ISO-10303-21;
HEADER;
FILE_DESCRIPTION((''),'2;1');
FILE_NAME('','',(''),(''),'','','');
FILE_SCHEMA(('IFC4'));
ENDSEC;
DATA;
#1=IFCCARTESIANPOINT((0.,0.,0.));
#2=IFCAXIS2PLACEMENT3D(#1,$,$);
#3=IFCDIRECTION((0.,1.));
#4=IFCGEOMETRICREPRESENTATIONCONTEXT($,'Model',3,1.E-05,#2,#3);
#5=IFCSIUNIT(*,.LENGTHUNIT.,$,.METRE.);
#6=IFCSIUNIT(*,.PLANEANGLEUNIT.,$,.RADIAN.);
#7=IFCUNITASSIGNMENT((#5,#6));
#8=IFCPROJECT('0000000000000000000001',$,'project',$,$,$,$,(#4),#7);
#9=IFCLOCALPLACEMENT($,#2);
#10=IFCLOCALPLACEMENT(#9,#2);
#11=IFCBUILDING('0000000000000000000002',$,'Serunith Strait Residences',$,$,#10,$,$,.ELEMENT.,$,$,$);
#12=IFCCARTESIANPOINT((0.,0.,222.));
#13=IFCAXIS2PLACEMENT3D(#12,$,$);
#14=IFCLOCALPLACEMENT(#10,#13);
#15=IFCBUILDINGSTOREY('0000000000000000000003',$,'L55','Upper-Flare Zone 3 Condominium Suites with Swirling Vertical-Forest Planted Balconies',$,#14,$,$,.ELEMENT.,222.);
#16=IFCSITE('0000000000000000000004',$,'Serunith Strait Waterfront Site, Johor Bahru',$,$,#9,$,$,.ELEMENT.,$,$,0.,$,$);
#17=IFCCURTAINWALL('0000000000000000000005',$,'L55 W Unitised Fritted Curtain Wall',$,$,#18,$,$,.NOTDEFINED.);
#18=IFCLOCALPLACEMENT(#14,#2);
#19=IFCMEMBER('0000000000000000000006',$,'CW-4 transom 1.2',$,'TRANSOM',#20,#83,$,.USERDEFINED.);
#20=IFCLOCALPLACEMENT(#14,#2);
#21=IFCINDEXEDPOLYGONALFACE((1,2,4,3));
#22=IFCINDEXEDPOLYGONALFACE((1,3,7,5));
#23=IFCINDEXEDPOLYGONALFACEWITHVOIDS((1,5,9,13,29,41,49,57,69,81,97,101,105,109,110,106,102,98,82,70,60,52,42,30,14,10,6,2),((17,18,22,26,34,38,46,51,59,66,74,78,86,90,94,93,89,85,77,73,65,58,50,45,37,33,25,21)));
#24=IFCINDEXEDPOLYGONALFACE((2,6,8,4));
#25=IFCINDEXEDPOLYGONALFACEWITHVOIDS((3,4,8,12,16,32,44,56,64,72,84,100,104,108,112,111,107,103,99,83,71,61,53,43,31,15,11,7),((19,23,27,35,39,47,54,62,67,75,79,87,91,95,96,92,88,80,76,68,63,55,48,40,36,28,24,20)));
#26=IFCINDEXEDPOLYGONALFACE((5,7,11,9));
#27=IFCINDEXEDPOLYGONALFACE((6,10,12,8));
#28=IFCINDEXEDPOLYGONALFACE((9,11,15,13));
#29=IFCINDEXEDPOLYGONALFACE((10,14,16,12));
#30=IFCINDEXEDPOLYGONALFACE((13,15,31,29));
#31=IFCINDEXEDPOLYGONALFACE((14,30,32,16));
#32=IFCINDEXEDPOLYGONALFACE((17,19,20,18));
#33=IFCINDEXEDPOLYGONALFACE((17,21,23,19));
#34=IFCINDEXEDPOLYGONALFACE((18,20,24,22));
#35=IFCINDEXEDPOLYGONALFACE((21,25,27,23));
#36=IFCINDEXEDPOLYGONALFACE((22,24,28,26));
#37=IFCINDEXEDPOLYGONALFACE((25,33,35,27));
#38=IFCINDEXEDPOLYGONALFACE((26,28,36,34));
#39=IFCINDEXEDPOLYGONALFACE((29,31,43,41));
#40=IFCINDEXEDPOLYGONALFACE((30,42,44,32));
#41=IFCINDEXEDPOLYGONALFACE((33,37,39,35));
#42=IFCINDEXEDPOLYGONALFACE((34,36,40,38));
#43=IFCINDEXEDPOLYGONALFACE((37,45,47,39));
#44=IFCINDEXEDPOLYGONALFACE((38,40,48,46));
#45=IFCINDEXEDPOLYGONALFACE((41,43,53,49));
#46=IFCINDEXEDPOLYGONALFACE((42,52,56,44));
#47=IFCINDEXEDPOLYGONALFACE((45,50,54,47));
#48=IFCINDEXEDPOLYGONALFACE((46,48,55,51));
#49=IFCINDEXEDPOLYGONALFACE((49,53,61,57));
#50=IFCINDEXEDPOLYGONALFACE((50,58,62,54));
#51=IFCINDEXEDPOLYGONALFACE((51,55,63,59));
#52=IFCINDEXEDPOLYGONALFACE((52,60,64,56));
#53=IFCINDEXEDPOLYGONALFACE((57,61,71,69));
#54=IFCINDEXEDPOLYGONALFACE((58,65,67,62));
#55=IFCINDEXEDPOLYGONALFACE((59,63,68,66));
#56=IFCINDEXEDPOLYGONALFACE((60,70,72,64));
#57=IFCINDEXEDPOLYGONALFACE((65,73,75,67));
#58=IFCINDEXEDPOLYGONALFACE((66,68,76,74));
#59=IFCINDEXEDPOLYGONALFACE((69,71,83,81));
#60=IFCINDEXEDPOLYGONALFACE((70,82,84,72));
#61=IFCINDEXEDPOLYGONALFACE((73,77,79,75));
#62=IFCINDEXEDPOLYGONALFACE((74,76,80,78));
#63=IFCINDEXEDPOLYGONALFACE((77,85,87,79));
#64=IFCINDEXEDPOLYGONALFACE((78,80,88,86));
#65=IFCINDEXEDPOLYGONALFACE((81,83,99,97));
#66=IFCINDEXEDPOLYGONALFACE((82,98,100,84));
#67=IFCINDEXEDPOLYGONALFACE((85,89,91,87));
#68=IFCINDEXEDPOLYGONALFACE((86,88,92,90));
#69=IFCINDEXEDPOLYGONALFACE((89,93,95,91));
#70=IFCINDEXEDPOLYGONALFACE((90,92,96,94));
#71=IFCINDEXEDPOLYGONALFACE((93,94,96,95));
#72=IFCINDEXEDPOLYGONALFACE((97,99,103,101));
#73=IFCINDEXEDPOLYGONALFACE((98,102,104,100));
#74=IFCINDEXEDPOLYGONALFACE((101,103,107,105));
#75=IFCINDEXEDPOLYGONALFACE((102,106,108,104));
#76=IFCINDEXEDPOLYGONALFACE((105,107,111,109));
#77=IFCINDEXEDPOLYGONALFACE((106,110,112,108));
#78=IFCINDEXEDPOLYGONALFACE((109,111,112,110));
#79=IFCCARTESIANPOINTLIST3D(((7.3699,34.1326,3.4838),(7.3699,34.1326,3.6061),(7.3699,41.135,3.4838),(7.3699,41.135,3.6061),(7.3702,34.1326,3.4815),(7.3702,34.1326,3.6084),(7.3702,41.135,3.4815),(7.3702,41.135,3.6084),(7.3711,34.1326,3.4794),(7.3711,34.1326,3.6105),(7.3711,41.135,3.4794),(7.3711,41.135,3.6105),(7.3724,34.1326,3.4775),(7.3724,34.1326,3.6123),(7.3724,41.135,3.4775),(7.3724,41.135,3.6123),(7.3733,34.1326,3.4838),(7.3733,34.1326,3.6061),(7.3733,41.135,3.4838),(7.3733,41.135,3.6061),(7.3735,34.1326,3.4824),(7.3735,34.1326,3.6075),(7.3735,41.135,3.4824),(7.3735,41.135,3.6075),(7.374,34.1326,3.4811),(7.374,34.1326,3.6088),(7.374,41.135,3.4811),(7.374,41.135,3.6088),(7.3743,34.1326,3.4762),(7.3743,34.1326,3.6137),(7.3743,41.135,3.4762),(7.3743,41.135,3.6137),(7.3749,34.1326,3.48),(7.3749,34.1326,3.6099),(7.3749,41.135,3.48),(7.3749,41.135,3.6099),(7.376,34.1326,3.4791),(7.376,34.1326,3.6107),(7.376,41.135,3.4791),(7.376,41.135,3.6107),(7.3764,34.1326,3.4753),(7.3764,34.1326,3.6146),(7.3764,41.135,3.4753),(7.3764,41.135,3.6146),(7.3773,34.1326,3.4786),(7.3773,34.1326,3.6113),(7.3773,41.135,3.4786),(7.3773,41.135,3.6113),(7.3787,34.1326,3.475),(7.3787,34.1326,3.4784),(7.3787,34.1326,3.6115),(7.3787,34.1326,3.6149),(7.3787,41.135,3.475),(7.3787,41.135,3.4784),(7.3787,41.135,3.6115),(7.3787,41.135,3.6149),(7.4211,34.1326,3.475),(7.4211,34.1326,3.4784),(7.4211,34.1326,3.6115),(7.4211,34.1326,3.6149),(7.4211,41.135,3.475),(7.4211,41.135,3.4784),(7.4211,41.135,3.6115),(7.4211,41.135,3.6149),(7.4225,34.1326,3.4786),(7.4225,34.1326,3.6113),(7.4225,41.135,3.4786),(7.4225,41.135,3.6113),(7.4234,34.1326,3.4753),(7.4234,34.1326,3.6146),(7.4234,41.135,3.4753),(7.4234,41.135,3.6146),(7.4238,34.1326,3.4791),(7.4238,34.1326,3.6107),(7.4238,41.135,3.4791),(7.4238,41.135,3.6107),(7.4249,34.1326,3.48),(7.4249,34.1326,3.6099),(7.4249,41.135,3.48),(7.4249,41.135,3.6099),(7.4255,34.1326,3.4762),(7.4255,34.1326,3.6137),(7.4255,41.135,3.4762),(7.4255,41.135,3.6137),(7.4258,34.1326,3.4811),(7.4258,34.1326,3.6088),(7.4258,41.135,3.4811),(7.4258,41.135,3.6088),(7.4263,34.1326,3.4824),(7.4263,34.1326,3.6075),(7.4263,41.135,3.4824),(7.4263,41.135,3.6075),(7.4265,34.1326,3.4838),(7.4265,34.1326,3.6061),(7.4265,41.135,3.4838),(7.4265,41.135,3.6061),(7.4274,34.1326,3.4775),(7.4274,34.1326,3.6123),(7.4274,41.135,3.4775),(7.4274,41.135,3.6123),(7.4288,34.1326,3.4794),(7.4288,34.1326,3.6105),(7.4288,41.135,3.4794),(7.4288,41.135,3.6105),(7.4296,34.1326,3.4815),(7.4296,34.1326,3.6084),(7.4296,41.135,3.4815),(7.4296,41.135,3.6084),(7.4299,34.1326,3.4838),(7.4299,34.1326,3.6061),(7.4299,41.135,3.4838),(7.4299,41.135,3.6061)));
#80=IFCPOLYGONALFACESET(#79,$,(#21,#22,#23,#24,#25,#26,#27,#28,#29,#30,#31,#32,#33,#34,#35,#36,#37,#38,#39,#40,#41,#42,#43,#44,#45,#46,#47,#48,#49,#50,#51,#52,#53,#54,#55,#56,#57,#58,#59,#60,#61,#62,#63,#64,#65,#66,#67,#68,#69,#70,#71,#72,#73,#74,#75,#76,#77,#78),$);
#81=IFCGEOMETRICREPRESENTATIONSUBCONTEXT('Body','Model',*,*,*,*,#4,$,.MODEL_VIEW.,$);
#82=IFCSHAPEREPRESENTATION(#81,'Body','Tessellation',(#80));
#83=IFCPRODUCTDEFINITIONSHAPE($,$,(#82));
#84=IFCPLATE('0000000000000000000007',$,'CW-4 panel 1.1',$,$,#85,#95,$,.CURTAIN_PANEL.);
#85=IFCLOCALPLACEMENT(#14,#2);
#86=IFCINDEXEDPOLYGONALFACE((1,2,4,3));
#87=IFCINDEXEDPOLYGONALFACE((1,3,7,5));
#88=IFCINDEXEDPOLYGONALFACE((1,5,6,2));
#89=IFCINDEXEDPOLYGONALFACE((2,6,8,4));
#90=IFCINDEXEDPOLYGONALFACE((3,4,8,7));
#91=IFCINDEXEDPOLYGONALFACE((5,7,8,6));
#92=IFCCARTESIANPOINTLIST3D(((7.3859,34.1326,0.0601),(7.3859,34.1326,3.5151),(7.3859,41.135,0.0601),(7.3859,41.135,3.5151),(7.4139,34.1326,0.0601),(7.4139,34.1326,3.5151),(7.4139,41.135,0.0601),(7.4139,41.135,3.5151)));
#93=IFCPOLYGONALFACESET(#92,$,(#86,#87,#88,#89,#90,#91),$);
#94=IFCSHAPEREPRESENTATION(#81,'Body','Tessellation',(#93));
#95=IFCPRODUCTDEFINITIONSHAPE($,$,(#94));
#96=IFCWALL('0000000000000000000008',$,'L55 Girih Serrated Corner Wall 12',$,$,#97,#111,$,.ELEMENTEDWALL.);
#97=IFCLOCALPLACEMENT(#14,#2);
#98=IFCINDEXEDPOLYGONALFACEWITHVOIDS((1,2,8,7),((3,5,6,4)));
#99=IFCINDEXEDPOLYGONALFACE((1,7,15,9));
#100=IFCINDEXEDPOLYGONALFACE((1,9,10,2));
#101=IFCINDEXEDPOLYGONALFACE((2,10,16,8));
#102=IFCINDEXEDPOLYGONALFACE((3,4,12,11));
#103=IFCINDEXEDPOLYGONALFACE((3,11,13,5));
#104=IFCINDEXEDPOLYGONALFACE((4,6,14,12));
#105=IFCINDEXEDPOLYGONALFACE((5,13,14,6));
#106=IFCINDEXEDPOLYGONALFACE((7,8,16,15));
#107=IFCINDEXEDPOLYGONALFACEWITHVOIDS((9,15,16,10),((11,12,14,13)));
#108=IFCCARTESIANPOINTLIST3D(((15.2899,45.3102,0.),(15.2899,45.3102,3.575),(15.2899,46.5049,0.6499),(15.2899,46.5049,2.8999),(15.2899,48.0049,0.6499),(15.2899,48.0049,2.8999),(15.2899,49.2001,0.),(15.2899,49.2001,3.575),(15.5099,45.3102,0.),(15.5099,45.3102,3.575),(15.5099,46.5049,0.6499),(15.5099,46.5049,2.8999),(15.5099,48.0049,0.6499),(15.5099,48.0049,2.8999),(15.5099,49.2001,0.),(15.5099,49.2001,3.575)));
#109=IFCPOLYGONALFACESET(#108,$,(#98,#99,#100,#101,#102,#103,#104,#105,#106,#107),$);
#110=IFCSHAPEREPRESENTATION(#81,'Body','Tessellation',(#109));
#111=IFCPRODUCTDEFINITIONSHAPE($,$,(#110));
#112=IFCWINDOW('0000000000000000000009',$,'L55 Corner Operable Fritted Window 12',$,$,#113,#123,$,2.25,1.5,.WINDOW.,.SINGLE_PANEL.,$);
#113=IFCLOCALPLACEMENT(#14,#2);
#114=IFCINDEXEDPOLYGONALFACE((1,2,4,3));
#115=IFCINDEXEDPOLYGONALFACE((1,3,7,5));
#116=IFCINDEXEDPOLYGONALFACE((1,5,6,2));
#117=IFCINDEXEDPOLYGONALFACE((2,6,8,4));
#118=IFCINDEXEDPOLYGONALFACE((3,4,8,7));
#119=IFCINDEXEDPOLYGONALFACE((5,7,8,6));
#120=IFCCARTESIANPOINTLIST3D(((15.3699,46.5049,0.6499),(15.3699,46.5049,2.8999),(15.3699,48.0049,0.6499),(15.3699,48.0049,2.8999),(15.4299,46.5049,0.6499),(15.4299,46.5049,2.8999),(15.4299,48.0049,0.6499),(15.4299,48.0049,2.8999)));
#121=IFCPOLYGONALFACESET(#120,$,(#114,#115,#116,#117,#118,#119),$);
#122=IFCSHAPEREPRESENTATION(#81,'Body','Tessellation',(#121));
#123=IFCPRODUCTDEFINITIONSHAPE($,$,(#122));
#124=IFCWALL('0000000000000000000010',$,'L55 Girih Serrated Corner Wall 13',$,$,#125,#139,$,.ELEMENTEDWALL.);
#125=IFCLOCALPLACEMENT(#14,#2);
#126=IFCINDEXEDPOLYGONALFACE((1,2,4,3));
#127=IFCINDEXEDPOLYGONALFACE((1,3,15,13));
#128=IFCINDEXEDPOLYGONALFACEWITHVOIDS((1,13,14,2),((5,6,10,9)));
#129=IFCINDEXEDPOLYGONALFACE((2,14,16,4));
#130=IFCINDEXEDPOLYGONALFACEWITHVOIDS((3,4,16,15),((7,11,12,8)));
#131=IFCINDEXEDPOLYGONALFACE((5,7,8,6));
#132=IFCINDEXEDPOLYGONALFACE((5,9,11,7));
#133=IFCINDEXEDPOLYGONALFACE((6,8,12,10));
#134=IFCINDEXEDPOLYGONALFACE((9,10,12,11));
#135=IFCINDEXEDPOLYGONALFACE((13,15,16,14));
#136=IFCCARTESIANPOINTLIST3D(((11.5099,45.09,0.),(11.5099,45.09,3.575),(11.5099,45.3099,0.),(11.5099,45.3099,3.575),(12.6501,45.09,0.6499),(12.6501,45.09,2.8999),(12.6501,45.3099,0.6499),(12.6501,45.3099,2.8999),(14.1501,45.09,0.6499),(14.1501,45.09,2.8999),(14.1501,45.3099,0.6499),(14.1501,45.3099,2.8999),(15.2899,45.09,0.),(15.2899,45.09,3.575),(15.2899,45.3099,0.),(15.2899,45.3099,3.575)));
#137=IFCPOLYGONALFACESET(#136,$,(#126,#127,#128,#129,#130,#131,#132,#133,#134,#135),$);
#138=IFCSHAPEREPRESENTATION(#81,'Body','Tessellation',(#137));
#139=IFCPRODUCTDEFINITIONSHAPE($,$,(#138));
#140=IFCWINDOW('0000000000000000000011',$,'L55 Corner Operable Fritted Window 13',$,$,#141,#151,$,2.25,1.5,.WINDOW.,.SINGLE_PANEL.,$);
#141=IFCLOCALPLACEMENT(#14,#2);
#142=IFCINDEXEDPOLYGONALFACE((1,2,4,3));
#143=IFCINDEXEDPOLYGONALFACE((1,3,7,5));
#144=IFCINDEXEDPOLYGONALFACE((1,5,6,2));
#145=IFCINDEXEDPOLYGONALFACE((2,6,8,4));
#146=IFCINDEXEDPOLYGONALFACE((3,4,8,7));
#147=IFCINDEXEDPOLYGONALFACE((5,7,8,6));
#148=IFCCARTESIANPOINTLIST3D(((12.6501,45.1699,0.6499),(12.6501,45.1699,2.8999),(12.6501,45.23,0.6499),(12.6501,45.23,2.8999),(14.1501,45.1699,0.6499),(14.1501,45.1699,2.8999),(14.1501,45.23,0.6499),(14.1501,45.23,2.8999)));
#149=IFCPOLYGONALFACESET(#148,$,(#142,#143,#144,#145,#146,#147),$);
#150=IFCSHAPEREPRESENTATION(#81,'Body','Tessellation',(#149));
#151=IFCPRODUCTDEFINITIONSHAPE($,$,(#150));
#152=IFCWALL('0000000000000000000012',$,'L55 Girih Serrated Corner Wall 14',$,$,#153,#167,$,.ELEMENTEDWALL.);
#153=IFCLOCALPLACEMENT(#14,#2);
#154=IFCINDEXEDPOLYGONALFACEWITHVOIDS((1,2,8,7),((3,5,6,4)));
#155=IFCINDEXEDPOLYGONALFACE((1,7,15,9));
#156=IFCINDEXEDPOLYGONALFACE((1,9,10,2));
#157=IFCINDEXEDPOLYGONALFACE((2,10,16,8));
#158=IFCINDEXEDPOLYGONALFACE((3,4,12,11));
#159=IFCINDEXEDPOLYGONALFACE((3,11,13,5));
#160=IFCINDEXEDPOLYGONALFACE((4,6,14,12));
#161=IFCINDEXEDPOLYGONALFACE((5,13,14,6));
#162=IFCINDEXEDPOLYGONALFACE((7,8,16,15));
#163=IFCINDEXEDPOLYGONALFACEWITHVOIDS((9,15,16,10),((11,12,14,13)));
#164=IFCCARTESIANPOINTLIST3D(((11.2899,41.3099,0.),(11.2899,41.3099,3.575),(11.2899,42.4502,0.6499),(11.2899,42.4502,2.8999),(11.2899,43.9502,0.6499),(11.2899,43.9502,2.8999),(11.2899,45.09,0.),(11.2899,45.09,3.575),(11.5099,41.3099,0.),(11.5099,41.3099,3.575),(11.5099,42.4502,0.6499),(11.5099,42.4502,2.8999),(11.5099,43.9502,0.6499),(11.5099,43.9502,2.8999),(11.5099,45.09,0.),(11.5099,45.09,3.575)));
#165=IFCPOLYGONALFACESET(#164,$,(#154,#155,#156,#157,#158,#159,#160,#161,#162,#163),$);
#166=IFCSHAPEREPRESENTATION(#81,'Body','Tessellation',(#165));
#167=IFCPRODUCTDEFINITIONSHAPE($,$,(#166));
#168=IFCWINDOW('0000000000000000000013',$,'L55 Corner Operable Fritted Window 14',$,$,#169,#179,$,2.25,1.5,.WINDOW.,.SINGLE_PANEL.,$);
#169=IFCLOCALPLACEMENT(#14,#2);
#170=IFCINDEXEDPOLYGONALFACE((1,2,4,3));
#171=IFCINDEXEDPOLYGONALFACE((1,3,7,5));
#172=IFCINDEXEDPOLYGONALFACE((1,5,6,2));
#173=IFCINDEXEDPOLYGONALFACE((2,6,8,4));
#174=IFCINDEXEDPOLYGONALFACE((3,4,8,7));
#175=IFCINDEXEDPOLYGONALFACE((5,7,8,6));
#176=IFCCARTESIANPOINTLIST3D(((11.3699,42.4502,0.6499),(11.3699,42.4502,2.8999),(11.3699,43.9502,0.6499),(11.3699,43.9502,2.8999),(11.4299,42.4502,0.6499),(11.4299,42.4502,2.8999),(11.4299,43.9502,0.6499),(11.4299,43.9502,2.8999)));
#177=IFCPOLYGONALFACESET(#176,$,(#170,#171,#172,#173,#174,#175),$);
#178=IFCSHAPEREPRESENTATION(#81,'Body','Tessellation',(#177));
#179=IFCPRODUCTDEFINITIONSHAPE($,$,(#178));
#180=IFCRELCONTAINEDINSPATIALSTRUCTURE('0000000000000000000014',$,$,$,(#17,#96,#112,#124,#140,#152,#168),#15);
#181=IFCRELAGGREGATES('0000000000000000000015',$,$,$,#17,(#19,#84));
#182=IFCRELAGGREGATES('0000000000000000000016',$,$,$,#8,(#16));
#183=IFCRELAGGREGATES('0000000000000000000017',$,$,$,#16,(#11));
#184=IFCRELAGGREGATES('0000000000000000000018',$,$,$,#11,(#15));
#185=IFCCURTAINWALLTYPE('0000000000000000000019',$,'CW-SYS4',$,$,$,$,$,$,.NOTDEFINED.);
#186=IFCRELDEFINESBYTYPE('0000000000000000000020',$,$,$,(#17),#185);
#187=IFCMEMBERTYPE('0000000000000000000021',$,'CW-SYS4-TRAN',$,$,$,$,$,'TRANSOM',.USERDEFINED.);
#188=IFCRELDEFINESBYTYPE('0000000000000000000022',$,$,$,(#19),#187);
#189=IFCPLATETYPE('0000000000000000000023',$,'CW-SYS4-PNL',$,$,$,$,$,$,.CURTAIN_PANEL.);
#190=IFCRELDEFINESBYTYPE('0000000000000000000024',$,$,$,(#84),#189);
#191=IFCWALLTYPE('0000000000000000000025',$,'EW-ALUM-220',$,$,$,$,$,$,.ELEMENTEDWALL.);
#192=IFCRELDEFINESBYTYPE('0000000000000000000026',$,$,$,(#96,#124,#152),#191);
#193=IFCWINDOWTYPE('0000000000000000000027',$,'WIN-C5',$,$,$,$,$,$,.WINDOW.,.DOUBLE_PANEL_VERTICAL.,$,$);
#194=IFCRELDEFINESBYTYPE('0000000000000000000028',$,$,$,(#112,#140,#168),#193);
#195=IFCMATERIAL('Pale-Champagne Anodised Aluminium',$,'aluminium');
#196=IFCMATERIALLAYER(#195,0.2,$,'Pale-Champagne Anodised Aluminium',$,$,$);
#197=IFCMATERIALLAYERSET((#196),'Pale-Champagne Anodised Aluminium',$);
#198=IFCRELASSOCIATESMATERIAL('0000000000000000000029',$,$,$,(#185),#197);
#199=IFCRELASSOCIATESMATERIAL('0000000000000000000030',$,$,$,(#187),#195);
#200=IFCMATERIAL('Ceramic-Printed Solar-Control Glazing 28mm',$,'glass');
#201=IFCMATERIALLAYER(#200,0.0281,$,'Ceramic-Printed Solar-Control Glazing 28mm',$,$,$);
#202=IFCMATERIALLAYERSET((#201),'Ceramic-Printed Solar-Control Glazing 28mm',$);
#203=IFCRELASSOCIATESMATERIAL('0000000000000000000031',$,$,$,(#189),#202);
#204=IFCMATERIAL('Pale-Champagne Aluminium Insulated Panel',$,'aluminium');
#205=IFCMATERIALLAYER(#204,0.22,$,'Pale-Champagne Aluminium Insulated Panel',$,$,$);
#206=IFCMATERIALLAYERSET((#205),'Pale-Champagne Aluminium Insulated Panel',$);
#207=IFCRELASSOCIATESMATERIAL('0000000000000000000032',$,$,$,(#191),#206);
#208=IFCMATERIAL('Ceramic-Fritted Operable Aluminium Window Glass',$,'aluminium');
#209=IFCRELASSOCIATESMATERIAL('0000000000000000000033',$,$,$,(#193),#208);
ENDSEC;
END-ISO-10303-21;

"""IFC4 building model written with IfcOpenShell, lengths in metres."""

from ifc_helpers import new_model, si_unit, direction, frame, frame_2d, origin, origin_2d, place, context, subcontext, project, spatial, rectangle, hollow_rectangle, extrude, source, transform, mapped, material, layer, layer_set, material_profile, profile_set, type_object, element, fill, aggregate, save


model = new_model("IFC4")

# Units and contexts
model_context = context("Model", 3, precision=1e-05, world=origin(), true_north=direction((0.0, 1.0)))
body_context = subcontext(model_context, "Body", "Model", "MODEL_VIEW")
ifc_project = project(units=[si_unit("LENGTHUNIT", "METRE"), si_unit("PLANEANGLEUNIT", "RADIAN")], contexts=[model_context])

# Site, building, storey
site_placement = place(None, origin())
site = spatial("IfcSite", under=ifc_project, at=site_placement, Name="Serunith Strait Waterfront Site, Johor Bahru", CompositionType="ELEMENT", RefElevation=0.0)
building_placement = place(site_placement, origin())
building = spatial("IfcBuilding", under=site, at=building_placement, Name="Serunith Strait Residences", CompositionType="ELEMENT")
storey_placement = place(building_placement, frame((0.0, 0.0, 222.0)))
storey = spatial("IfcBuildingStorey", under=building, at=storey_placement, Name="L55", Description="Upper-Flare Zone 3 Condominium Suites with Swirling Vertical-Forest Planted Balconies", CompositionType="ELEMENT", Elevation=222.0)

# Shared definitions
ifc_material_1 = material(Name="Pale-Champagne Anodised Aluminium", Category="aluminium")
ifc_layer_1 = layer(ifc_material_1, 0.2, Name="Pale-Champagne Anodised Aluminium")
ifc_layer_set_1 = layer_set([ifc_layer_1], Name="Pale-Champagne Anodised Aluminium")
curtain_wall_type = type_object("IfcCurtainWallType", Name="CW-SYS4", PredefinedType="NOTDEFINED", material=ifc_layer_set_1)

# Curtain wall, member, plate
curtain_wall_1_placement = place(storey_placement, origin())
curtain_wall_1 = element("IfcCurtainWall", 1, at=curtain_wall_1_placement, inside=storey, type_object=curtain_wall_type, Name="L55 W Unitised Fritted Curtain Wall", PredefinedType="NOTDEFINED")
ifc_material_profile_1 = material_profile(ifc_material_1, hollow_rectangle(XDim=0.0601, YDim=0.1399, WallThickness=0.0034, InnerFilletRadius=0.0054, OuterFilletRadius=0.0088, at=origin_2d()), Name="ALU 140x60x3.5")
ifc_profile_set_1 = profile_set([ifc_material_profile_1], Name="Pale-Champagne Anodised Aluminium")
member_type_1 = type_object("IfcMemberType", Name="CW-SYS4-TRAN", ElementType="TRANSOM", PredefinedType="USERDEFINED", material=ifc_profile_set_1)
shared_shape_1 = source(origin(), body_context, "Body", "SweptSolid", [
    extrude(hollow_rectangle(XDim=0.0601, YDim=0.1399, WallThickness=0.0034, InnerFilletRadius=0.0054, OuterFilletRadius=0.0088, at=origin_2d()), origin(), (0.0, 0.0, 1.0), 7.0024),
])
member_1_placement = place(storey_placement, frame((7.3999, 41.135, 3.5449), z_axis=(0.0, -1.0, 0.0), x_axis=(1.0, 0.0, 0.0)))
member_1 = element("IfcMember", 2, at=member_1_placement, type_object=member_type_1, Name="CW-4 transom 1.2", ObjectType="TRANSOM", PredefinedType="USERDEFINED", context=body_context, shape_type="MappedRepresentation", body=[
    mapped(shared_shape_1, transform((0.0, 0.0, 0.0), scale=1.0)),
])
ifc_material_2 = material(Name="Ceramic-Printed Solar-Control Glazing 28mm", Category="glass")
ifc_layer_2 = layer(ifc_material_2, 0.0281, Name="Ceramic-Printed Solar-Control Glazing 28mm")
ifc_layer_set_2 = layer_set([ifc_layer_2], Name="Ceramic-Printed Solar-Control Glazing 28mm")
plate_type = type_object("IfcPlateType", Name="CW-SYS4-PNL", PredefinedType="CURTAIN_PANEL", material=ifc_layer_set_2)
shared_shape_2 = source(origin(), body_context, "Body", "SweptSolid", [
    extrude(rectangle(XDim=7.0024, YDim=0.0281, at=origin_2d()), origin(), (0.0, 0.0, 1.0), 3.4551),
])
plate_placement = place(storey_placement, frame((7.3999, 37.6338, 0.0601), z_axis=(0.0, 0.0, 1.0), x_axis=(0.0, -1.0, 0.0)))
plate = element("IfcPlate", 3, at=plate_placement, type_object=plate_type, Name="CW-4 panel 1.1", PredefinedType="CURTAIN_PANEL", context=body_context, shape_type="MappedRepresentation", body=[
    mapped(shared_shape_2, transform((0.0, 0.0, 0.0), scale=1.0)),
])
aggregate(curtain_wall_1, [member_1, plate])

# Walls, openings, windows
ifc_material_3 = material(Name="Pale-Champagne Aluminium Insulated Panel", Category="aluminium")
ifc_layer_3 = layer(ifc_material_3, 0.22, Name="Pale-Champagne Aluminium Insulated Panel")
ifc_layer_set_3 = layer_set([ifc_layer_3], Name="Pale-Champagne Aluminium Insulated Panel")
wall_type_1 = type_object("IfcWallType", Name="EW-ALUM-220", PredefinedType="ELEMENTEDWALL", material=ifc_layer_set_3)
wall_1_placement = place(storey_placement, frame((15.3999, 49.2, 0.0), z_axis=(0.0, 0.0, 1.0), x_axis=(0.0, -1.0, 0.0)))
wall_1 = element("IfcWall", 4, at=wall_1_placement, inside=storey, type_object=wall_type_1, Name="L55 Girih Serrated Corner Wall 12", PredefinedType="ELEMENTEDWALL", context=body_context, shape_type="SweptSolid", body=[
    extrude(rectangle(XDim=3.8899, YDim=0.22, at=frame_2d((1.9448, 0.0))), origin(), (0.0, 0.0, 1.0), 3.575),
])
opening_1_placement = place(wall_1_placement, frame((1.1951, 0.0, 0.6499)))
opening_1 = element("IfcOpeningElement", 5, at=opening_1_placement, cuts=wall_1, PredefinedType="OPENING", context=body_context, shape_type="SweptSolid", body=[
    extrude(rectangle(XDim=1.5, YDim=2.25, at=frame_2d((0.75, 1.125))), frame((0.0, 0.1201, 0.0), z_axis=(0.0, -1.0, 0.0), x_axis=(1.0, 0.0, 0.0)), (0.0, 0.0, 1.0), 0.24),
])
ifc_material_4 = material(Name="Ceramic-Fritted Operable Aluminium Window Glass", Category="aluminium")
window_type = type_object("IfcWindowType", Name="WIN-C5", PartitioningType="DOUBLE_PANEL_VERTICAL", PredefinedType="WINDOW", material=ifc_material_4)
shared_shape_3 = source(origin(), body_context, "Body", "SweptSolid", [
    extrude(rectangle(XDim=1.5, YDim=2.25, at=frame_2d((0.75, 1.125))), frame((0.0, 0.03, 0.0), z_axis=(0.0, -1.0, 0.0), x_axis=(1.0, 0.0, 0.0)), (0.0, 0.0, 1.0), 0.0601),
])
window_1_placement = place(opening_1_placement, origin())
window_1 = element("IfcWindow", 6, at=window_1_placement, inside=storey, type_object=window_type, Name="L55 Corner Operable Fritted Window 12", OverallHeight=2.25, OverallWidth=1.5, PartitioningType="SINGLE_PANEL", PredefinedType="WINDOW", context=body_context, shape_type="MappedRepresentation", body=[
    mapped(shared_shape_3, transform((0.0, 0.0, 0.0), scale=1.0)),
])
fill(opening_1, window_1)
wall_2_placement = place(storey_placement, frame((15.29, 45.2, 0.0), z_axis=(0.0, 0.0, 1.0), x_axis=(-1.0, 0.0, 0.0)))
wall_2 = element("IfcWall", 7, at=wall_2_placement, inside=storey, type_object=wall_type_1, Name="L55 Girih Serrated Corner Wall 13", PredefinedType="ELEMENTEDWALL", context=body_context, shape_type="SweptSolid", body=[
    extrude(rectangle(XDim=3.78, YDim=0.22, at=frame_2d((1.8901, 0.0))), origin(), (0.0, 0.0, 1.0), 3.575),
])
opening_2_placement = place(wall_2_placement, frame((1.1399, 0.0, 0.6499)))
opening_2 = element("IfcOpeningElement", 8, at=opening_2_placement, cuts=wall_2, PredefinedType="OPENING", context=body_context, shape_type="SweptSolid", body=[
    extrude(rectangle(XDim=1.5, YDim=2.25, at=frame_2d((0.75, 1.125))), frame((0.0, 0.1201, 0.0), z_axis=(0.0, -1.0, 0.0), x_axis=(1.0, 0.0, 0.0)), (0.0, 0.0, 1.0), 0.24),
])
window_2_placement = place(opening_2_placement, origin())
window_2 = element("IfcWindow", 9, at=window_2_placement, inside=storey, type_object=window_type, Name="L55 Corner Operable Fritted Window 13", OverallHeight=2.25, OverallWidth=1.5, PartitioningType="SINGLE_PANEL", PredefinedType="WINDOW", context=body_context, shape_type="MappedRepresentation", body=[
    mapped(shared_shape_3, transform((0.0, 0.0, 0.0), scale=1.0)),
])
fill(opening_2, window_2)
wall_3_placement = place(storey_placement, frame((11.3999, 45.0901, 0.0), z_axis=(0.0, 0.0, 1.0), x_axis=(0.0, -1.0, 0.0)))
wall_3 = element("IfcWall", 10, at=wall_3_placement, inside=storey, type_object=wall_type_1, Name="L55 Girih Serrated Corner Wall 14", PredefinedType="ELEMENTEDWALL", context=body_context, shape_type="SweptSolid", body=[
    extrude(rectangle(XDim=3.78, YDim=0.22, at=frame_2d((1.8901, 0.0))), origin(), (0.0, 0.0, 1.0), 3.575),
])
opening_3_placement = place(wall_3_placement, frame((1.1399, 0.0, 0.6499)))
opening_3 = element("IfcOpeningElement", 11, at=opening_3_placement, cuts=wall_3, PredefinedType="OPENING", context=body_context, shape_type="SweptSolid", body=[
    extrude(rectangle(XDim=1.5, YDim=2.25, at=frame_2d((0.75, 1.125))), frame((0.0, 0.1201, 0.0), z_axis=(0.0, -1.0, 0.0), x_axis=(1.0, 0.0, 0.0)), (0.0, 0.0, 1.0), 0.24),
])
window_3_placement = place(opening_3_placement, origin())
window_3 = element("IfcWindow", 12, at=window_3_placement, inside=storey, type_object=window_type, Name="L55 Corner Operable Fritted Window 14", OverallHeight=2.25, OverallWidth=1.5, PartitioningType="SINGLE_PANEL", PredefinedType="WINDOW", context=body_context, shape_type="MappedRepresentation", body=[
    mapped(shared_shape_3, transform((0.0, 0.0, 0.0), scale=1.0)),
])
fill(opening_3, window_3)

save(model, "model.ifc")
